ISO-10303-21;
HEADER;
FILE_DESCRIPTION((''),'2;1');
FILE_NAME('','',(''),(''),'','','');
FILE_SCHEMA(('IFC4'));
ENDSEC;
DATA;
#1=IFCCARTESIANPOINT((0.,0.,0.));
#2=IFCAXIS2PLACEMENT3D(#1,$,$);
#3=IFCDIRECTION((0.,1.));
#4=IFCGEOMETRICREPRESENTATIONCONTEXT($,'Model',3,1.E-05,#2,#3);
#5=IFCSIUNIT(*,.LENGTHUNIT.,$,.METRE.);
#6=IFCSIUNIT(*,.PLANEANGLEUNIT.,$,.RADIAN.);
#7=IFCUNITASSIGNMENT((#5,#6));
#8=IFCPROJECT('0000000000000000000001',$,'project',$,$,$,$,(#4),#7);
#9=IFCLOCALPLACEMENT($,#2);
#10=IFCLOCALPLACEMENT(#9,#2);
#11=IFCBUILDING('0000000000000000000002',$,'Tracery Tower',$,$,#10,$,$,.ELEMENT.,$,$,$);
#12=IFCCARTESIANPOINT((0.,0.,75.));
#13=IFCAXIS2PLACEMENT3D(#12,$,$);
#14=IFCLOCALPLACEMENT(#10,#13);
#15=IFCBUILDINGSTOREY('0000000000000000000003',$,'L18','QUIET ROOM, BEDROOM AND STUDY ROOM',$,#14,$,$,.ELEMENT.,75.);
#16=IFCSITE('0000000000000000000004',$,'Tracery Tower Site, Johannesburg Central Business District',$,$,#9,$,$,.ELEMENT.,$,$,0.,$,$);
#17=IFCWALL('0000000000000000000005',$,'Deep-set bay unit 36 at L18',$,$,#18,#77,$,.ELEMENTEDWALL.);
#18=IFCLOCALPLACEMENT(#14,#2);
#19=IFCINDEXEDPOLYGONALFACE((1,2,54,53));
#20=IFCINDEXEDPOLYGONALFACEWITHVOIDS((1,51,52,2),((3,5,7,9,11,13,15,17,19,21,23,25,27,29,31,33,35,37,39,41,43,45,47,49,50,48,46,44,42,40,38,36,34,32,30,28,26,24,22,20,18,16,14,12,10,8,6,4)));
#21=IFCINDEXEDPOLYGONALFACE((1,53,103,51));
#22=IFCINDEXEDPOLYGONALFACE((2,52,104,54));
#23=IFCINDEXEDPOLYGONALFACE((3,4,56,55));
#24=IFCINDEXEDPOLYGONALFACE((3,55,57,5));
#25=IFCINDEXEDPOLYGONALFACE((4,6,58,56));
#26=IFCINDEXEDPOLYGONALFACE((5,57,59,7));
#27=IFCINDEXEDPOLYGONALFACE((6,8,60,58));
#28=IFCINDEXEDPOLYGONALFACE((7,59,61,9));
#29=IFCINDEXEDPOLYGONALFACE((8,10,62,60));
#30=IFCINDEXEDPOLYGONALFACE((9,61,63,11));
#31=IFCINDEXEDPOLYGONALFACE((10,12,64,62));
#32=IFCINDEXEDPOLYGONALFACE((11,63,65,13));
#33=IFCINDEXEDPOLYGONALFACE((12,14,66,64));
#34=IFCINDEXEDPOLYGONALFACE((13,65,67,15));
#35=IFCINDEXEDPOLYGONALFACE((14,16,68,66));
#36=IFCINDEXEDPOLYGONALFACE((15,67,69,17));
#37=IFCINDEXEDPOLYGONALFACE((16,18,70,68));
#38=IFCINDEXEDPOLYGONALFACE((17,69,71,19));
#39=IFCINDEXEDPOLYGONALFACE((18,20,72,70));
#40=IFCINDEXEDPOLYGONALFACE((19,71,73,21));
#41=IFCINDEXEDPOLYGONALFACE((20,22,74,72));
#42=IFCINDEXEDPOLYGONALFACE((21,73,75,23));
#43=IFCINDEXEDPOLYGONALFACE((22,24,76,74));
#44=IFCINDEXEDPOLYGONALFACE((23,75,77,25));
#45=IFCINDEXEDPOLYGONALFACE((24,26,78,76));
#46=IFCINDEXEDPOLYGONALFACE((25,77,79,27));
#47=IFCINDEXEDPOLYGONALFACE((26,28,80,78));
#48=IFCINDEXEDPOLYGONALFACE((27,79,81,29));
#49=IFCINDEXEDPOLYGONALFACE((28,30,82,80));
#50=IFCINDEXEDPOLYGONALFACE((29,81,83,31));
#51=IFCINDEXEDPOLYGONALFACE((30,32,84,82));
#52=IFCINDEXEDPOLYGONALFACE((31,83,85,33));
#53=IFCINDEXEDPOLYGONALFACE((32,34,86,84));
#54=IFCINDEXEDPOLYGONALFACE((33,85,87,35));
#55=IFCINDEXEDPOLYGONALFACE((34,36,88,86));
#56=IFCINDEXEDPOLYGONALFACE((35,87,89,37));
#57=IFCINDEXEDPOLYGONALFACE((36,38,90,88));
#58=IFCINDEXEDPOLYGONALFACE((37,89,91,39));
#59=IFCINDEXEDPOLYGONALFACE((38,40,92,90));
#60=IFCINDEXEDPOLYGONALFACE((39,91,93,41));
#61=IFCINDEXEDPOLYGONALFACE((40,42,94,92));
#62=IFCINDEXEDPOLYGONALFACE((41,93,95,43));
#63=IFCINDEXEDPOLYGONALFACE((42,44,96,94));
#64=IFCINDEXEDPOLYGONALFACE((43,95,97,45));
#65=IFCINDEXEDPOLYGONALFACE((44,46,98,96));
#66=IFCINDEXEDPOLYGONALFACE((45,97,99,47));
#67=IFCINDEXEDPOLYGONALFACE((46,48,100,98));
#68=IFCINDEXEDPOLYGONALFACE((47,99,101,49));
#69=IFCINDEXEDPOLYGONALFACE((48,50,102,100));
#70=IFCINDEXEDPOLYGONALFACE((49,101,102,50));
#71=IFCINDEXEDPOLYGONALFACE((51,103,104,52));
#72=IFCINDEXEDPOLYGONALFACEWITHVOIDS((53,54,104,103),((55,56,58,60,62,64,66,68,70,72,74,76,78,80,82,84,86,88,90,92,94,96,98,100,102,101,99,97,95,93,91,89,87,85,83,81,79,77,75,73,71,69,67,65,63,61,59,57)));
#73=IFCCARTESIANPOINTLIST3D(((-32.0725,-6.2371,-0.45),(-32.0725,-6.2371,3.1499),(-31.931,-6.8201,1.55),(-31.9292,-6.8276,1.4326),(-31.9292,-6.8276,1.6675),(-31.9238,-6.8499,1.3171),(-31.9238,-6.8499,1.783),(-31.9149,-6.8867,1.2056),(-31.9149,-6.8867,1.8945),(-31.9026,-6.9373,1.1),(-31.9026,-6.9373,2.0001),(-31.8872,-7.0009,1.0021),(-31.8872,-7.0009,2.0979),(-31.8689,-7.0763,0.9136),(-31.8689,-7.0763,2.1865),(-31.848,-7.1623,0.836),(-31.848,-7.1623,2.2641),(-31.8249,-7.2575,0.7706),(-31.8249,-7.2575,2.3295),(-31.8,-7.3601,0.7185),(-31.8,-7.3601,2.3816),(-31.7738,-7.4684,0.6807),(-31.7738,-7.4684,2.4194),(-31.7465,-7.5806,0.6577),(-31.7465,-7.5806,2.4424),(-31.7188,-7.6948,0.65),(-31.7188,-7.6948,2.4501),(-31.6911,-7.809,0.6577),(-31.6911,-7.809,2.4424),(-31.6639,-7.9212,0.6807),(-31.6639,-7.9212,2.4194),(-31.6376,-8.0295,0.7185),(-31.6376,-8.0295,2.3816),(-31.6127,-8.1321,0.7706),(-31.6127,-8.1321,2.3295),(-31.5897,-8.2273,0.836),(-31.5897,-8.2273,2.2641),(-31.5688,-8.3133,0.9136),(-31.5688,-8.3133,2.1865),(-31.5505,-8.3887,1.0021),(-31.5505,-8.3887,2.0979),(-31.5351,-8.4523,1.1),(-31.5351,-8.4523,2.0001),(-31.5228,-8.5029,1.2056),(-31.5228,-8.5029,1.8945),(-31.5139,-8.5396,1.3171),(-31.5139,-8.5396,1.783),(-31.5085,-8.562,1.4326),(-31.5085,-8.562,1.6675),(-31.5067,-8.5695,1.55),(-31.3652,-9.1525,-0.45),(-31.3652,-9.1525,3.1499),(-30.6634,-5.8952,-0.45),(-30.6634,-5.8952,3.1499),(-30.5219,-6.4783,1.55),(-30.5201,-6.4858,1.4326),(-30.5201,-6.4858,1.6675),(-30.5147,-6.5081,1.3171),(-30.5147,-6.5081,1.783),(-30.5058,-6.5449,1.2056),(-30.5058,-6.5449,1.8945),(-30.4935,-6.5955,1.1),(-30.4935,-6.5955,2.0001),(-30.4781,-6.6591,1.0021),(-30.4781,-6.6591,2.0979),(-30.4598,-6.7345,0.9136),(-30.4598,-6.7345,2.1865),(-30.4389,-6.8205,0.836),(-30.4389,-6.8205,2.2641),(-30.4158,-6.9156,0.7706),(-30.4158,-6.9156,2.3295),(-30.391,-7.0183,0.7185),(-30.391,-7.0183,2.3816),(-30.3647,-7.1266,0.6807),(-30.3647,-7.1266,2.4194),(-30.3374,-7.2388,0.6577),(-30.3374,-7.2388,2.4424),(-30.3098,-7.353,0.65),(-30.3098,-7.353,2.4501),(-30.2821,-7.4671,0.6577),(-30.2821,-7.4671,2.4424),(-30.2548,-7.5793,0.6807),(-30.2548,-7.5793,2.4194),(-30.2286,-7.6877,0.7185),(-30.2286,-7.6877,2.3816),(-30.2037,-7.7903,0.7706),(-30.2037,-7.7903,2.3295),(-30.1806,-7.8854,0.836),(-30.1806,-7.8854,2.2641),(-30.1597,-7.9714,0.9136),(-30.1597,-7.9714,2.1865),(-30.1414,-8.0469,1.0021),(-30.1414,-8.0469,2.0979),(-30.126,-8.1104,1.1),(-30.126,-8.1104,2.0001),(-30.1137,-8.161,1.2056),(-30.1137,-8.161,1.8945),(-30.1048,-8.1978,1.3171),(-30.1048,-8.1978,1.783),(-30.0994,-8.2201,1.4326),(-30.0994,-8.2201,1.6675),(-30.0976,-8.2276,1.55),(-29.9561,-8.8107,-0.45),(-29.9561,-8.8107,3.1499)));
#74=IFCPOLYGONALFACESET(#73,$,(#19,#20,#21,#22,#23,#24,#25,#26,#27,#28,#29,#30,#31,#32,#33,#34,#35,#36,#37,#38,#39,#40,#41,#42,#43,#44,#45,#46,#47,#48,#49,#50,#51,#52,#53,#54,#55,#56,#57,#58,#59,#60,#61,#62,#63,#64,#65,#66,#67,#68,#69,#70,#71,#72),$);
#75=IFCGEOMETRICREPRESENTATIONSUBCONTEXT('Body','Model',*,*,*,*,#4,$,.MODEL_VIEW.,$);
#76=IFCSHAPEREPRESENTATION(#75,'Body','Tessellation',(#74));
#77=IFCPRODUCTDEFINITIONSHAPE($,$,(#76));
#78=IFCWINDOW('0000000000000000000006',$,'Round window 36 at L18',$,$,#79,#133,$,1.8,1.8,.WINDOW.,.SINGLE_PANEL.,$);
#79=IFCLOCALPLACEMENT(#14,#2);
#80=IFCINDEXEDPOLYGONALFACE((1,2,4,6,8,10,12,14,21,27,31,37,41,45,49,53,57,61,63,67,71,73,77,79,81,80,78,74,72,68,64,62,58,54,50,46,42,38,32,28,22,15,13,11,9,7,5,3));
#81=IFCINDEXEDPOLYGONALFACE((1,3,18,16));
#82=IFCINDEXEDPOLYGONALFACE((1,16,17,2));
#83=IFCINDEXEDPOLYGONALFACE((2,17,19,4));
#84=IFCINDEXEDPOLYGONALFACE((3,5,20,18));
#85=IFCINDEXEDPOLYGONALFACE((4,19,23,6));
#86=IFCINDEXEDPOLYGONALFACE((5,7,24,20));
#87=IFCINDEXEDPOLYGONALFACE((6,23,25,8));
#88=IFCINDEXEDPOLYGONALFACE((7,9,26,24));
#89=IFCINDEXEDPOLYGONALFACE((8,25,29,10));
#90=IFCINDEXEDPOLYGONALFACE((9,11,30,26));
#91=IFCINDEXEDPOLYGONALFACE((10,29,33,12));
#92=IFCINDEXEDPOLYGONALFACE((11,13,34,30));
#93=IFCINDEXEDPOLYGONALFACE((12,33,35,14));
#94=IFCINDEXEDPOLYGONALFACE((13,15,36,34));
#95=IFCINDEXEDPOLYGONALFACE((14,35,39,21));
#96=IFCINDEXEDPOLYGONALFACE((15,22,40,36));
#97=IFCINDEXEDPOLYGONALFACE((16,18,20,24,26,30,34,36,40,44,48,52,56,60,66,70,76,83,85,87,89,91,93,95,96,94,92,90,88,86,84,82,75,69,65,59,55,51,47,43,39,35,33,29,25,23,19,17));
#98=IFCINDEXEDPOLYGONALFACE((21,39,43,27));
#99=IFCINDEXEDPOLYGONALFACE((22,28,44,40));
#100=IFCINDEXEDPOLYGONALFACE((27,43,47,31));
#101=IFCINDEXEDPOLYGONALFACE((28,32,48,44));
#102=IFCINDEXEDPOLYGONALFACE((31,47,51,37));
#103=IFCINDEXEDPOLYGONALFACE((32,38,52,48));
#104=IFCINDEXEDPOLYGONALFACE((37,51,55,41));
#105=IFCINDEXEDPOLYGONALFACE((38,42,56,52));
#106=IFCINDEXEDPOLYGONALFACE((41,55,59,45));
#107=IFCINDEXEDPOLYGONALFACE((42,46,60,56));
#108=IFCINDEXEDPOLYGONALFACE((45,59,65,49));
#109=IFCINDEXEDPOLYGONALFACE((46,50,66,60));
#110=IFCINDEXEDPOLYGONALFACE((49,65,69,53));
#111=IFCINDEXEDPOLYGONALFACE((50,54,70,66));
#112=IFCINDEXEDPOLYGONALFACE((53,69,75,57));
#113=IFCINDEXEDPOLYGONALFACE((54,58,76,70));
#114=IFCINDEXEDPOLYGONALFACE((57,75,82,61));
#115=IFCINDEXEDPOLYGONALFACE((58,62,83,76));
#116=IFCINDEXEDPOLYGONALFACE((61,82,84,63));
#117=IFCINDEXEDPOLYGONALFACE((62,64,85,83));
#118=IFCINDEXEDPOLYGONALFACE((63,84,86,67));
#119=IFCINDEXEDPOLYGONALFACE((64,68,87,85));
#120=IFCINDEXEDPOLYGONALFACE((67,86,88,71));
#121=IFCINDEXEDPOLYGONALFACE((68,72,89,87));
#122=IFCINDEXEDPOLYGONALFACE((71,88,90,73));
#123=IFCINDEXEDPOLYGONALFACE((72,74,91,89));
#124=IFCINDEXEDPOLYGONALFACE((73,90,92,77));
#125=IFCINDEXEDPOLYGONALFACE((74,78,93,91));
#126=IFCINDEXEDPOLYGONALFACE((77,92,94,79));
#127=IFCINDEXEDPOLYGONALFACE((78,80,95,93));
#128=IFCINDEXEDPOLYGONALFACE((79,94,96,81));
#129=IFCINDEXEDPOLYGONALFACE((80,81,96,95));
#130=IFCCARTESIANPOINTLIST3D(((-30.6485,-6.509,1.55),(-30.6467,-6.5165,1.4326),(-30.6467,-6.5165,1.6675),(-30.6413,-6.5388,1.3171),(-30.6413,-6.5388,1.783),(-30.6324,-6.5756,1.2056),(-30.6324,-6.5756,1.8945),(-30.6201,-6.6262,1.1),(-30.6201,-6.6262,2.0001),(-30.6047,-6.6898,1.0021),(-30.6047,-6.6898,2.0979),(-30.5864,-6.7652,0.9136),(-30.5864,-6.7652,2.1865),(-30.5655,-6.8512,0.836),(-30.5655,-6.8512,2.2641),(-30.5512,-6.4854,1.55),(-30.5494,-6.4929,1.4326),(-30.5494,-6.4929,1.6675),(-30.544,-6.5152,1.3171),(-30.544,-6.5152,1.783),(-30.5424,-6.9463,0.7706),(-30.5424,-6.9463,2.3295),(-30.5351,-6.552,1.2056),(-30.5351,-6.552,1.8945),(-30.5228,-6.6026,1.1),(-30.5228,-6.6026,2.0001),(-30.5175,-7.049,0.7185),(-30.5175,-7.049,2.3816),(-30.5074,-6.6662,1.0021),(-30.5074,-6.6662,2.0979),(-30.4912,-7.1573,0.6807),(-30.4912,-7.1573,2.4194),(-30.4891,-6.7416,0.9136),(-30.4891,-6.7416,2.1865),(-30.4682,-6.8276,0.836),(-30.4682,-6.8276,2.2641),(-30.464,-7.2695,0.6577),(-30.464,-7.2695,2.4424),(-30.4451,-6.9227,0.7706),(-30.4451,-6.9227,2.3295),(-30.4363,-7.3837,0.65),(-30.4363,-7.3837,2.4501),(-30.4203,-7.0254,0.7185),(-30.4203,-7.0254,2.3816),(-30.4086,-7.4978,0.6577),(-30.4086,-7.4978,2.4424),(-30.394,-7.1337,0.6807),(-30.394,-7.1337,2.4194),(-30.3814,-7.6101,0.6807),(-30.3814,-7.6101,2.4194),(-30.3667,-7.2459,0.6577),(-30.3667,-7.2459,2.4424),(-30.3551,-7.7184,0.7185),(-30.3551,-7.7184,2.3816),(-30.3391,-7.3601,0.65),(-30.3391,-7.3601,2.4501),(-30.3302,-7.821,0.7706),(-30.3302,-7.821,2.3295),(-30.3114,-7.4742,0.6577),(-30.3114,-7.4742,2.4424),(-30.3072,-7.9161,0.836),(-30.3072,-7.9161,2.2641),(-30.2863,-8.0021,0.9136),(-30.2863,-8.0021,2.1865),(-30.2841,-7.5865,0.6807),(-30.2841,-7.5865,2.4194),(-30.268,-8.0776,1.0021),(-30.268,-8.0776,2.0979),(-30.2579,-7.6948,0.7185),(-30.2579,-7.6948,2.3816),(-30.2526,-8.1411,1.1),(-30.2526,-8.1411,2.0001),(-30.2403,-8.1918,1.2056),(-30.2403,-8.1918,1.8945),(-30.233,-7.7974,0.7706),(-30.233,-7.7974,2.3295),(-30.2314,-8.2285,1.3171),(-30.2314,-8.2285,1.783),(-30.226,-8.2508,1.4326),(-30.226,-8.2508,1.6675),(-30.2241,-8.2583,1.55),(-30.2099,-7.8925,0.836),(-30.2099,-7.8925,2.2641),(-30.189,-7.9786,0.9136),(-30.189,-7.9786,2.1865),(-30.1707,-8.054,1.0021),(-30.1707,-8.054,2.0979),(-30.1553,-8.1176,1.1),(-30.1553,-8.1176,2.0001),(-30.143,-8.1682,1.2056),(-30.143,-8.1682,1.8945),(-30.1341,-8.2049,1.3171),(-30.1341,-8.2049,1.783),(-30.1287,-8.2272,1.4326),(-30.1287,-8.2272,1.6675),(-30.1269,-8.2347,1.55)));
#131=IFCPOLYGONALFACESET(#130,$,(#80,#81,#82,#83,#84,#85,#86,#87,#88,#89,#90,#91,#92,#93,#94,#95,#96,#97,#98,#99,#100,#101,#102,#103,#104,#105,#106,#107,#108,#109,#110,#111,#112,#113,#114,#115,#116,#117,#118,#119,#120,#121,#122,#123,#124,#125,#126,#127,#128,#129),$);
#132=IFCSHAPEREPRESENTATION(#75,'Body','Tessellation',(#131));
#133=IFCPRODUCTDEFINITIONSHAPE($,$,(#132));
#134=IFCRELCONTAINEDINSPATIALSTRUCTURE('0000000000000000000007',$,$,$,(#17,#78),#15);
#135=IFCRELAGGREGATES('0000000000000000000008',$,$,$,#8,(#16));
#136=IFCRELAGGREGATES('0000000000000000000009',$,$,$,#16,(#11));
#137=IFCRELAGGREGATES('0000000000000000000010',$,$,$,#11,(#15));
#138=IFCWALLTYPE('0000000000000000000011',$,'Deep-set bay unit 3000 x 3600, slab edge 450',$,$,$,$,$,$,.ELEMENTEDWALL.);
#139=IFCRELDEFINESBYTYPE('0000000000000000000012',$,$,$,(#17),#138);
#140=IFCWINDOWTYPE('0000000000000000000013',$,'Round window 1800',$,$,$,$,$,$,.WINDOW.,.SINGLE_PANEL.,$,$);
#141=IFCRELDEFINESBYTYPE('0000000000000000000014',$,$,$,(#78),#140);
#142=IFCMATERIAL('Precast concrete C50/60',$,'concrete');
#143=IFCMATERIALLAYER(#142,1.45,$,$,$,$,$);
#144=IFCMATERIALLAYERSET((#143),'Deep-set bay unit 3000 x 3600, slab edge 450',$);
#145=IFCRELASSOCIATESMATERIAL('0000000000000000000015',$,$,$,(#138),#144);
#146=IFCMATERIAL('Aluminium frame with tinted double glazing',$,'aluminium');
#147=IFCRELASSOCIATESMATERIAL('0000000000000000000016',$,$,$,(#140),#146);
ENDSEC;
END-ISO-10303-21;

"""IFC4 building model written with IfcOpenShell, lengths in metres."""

from ifc_helpers import new_model, si_unit, direction, frame, frame_2d, origin, origin_2d, place, context, subcontext, project, spatial, rectangle, circle, extrude, material, layer, layer_set, type_object, element, fill, save


model = new_model("IFC4")

# Units and contexts
model_context = context("Model", 3, precision=1e-05, world=origin(), true_north=direction((0.0, 1.0)))
body_context = subcontext(model_context, "Body", "Model", "MODEL_VIEW")
ifc_project = project(units=[si_unit("LENGTHUNIT", "METRE"), si_unit("PLANEANGLEUNIT", "RADIAN")], contexts=[model_context])

# Site, building, storey
site_placement = place(None, origin())
site = spatial("IfcSite", under=ifc_project, at=site_placement, Name="Tracery Tower Site, Johannesburg Central Business District", CompositionType="ELEMENT", RefElevation=0.0)
building_placement = place(site_placement, origin())
building = spatial("IfcBuilding", under=site, at=building_placement, Name="Tracery Tower", CompositionType="ELEMENT")
storey_placement = place(building_placement, frame((0.0, 0.0, 75.0)))
storey = spatial("IfcBuildingStorey", under=building, at=storey_placement, Name="L18", Description="QUIET ROOM, BEDROOM AND STUDY ROOM", CompositionType="ELEMENT", Elevation=75.0)

# Wall, opening, window
ifc_material_1 = material(Name="Precast concrete C50/60", Category="concrete")
ifc_layer_1 = layer(ifc_material_1, 1.45)
ifc_layer_set_1 = layer_set([ifc_layer_1], Name="Deep-set bay unit 3000 x 3600, slab edge 450")
wall_type_1 = type_object("IfcWallType", Name="Deep-set bay unit 3000 x 3600, slab edge 450", PredefinedType="ELEMENTEDWALL", material=ifc_layer_set_1)
wall_1_placement = place(storey_placement, frame((-31.3679, -6.0662, -0.45), z_axis=(0.0, 0.0, 1.0), x_axis=(0.235751, -0.971813, 0.0)))
wall_1 = element("IfcWall", 1, at=wall_1_placement, inside=storey, type_object=wall_type_1, Name="Deep-set bay unit 36 at L18", PredefinedType="ELEMENTEDWALL", context=body_context, shape_type="SweptSolid", body=[
    extrude(rectangle(XDim=3.0, YDim=1.45, at=frame_2d((1.5, 0.0))), origin(), (0.0, 0.0, 1.0), 3.5999),
])
opening_1_placement = place(wall_1_placement, frame((1.5, 0.0, 2.0)))
opening_1 = element("IfcOpeningElement", 2, at=opening_1_placement, cuts=wall_1, PredefinedType="OPENING", context=body_context, shape_type="SweptSolid", body=[
    extrude(circle(Radius=0.9, at=origin_2d()), frame((0.0, 0.7349, 0.0), z_axis=(0.0, -1.0, 0.0), x_axis=(1.0, 0.0, 0.0)), (0.0, 0.0, 1.0), 1.47),
])
ifc_material_2 = material(Name="Aluminium frame with tinted double glazing", Category="aluminium")
window_type = type_object("IfcWindowType", Name="Round window 1800", PartitioningType="SINGLE_PANEL", PredefinedType="WINDOW", material=ifc_material_2)
window_1_placement = place(opening_1_placement, origin())
window_1 = element("IfcWindow", 3, at=window_1_placement, inside=storey, type_object=window_type, Name="Round window 36 at L18", OverallHeight=1.8, OverallWidth=1.8, PartitioningType="SINGLE_PANEL", PredefinedType="WINDOW", context=body_context, shape_type="SweptSolid", body=[
    extrude(circle(Radius=0.9, at=origin_2d()), frame((0.0, 0.6948, 0.0), z_axis=(0.0, -1.0, 0.0), x_axis=(1.0, 0.0, 0.0)), (0.0, 0.0, 1.0), 0.1001),
])
fill(opening_1, window_1)

save(model, "model.ifc")
